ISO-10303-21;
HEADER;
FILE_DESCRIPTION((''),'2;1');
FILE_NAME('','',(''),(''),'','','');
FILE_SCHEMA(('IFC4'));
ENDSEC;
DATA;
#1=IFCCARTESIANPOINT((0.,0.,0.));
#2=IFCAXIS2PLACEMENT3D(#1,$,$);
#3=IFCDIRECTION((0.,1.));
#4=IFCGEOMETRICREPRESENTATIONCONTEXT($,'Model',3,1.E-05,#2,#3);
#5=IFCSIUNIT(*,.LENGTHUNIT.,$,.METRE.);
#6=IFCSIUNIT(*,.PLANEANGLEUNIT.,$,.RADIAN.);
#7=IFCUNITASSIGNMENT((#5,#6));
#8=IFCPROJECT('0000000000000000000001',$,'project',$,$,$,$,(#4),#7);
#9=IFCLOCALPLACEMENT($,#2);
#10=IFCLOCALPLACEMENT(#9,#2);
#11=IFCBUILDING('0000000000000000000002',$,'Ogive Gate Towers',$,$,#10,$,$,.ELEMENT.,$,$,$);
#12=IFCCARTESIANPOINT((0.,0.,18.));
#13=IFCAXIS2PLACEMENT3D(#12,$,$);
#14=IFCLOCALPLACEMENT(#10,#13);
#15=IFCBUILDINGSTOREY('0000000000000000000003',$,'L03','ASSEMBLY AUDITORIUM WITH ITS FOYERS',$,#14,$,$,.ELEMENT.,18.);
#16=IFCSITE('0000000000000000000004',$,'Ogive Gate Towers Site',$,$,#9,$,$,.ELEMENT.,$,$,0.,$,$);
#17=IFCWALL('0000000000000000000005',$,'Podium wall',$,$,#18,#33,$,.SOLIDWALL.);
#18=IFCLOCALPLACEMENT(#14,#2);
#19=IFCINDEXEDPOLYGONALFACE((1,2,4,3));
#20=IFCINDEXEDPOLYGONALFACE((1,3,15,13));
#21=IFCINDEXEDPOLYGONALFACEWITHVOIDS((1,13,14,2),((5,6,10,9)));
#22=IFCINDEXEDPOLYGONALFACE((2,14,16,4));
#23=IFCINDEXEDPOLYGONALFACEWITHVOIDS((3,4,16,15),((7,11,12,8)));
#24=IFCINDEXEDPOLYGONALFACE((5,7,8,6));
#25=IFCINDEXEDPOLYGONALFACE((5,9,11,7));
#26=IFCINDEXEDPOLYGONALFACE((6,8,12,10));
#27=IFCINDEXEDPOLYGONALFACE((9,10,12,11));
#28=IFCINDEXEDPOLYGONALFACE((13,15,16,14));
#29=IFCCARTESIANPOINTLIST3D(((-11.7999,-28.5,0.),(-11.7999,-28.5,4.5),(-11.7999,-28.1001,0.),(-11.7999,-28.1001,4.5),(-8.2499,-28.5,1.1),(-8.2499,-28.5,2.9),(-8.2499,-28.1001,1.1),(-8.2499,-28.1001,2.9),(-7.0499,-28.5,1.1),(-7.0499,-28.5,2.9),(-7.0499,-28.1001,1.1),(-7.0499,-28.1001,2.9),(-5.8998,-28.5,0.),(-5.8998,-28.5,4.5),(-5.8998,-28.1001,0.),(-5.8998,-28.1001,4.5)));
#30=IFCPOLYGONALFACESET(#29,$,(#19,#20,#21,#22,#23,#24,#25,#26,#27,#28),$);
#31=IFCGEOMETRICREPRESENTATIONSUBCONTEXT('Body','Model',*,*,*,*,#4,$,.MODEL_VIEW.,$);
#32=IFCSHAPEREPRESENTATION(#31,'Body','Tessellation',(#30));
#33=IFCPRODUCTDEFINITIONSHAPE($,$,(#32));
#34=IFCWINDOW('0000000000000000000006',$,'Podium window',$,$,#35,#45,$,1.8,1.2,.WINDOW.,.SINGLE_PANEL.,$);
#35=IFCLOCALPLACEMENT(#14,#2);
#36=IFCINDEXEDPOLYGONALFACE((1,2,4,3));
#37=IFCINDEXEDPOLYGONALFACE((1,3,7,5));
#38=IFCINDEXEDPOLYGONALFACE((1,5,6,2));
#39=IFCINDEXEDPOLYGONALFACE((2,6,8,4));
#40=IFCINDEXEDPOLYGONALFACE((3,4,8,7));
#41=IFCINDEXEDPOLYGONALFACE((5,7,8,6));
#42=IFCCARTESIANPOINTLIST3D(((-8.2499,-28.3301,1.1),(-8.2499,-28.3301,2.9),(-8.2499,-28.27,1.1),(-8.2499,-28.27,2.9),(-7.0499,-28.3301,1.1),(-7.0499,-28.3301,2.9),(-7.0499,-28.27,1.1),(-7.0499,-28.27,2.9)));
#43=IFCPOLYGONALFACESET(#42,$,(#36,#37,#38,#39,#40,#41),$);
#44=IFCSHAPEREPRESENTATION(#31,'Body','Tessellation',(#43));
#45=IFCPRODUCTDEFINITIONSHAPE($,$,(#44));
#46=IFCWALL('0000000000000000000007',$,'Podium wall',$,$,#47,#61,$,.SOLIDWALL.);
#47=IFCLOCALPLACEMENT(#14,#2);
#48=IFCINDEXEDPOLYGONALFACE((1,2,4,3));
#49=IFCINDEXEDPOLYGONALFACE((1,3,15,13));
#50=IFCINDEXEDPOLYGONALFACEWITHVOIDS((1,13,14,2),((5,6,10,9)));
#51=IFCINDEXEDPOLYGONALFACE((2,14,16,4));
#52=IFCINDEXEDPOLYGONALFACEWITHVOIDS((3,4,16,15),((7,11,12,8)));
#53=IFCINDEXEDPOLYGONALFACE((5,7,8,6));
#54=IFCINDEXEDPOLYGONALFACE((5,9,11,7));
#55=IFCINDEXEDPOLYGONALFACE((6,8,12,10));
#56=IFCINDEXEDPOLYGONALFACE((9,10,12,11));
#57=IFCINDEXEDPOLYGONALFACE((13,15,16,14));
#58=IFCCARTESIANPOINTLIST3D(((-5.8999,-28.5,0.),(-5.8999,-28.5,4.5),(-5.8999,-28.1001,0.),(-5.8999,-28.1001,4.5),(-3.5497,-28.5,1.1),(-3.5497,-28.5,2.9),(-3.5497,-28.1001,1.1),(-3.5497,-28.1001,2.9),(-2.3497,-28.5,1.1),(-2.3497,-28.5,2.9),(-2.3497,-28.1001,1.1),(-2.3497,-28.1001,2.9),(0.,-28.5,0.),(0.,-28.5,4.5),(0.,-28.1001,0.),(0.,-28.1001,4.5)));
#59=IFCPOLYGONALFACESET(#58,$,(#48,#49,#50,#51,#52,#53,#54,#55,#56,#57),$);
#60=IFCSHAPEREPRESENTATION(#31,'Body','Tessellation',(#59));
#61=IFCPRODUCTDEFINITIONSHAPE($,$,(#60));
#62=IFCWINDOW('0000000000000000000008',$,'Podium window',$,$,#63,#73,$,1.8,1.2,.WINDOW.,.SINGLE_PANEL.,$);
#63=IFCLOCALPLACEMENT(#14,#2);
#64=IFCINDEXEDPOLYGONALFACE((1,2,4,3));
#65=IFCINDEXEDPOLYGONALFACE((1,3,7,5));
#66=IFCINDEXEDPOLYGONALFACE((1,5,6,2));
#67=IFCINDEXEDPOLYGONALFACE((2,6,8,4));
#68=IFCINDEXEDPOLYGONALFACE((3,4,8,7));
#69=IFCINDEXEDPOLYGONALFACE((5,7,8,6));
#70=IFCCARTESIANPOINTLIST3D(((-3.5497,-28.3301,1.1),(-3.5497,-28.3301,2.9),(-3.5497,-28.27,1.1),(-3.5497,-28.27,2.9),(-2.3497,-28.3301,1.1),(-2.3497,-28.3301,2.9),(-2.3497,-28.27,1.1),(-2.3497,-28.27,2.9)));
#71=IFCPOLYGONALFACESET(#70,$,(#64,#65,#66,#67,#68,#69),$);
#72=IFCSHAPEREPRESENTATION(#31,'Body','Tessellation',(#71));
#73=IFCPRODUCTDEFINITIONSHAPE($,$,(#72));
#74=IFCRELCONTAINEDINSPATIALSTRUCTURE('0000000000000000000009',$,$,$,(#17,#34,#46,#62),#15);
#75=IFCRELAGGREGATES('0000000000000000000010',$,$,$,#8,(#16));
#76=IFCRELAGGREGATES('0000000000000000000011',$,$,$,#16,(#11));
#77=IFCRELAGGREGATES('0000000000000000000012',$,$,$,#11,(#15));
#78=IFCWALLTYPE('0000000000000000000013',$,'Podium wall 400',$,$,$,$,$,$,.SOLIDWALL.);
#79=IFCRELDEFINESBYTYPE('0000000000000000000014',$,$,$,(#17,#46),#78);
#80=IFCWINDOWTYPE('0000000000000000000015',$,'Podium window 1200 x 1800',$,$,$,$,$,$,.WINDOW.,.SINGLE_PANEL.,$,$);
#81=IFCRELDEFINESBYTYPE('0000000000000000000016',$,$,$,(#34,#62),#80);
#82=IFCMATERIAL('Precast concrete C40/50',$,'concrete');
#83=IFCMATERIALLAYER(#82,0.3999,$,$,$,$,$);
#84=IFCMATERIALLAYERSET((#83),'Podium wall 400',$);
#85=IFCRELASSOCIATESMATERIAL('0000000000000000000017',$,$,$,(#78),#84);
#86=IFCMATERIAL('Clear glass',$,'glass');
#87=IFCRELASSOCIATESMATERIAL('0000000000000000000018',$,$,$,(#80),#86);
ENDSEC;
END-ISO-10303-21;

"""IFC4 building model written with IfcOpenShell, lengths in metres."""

from ifc_helpers import new_model, si_unit, direction, frame, frame_2d, origin, place, context, subcontext, project, spatial, rectangle, extrude, material, layer, layer_set, type_object, element, fill, save


model = new_model("IFC4")

# Units and contexts
model_context = context("Model", 3, precision=1e-05, world=origin(), true_north=direction((0.0, 1.0)))
body_context = subcontext(model_context, "Body", "Model", "MODEL_VIEW")
ifc_project = project(units=[si_unit("LENGTHUNIT", "METRE"), si_unit("PLANEANGLEUNIT", "RADIAN")], contexts=[model_context])

# Site, building, storey
site_placement = place(None, origin())
site = spatial("IfcSite", under=ifc_project, at=site_placement, Name="Ogive Gate Towers Site", CompositionType="ELEMENT", RefElevation=0.0)
building_placement = place(site_placement, origin())
building = spatial("IfcBuilding", under=site, at=building_placement, Name="Ogive Gate Towers", CompositionType="ELEMENT")
storey_placement = place(building_placement, frame((0.0, 0.0, 18.0)))
storey = spatial("IfcBuildingStorey", under=building, at=storey_placement, Name="L03", Description="ASSEMBLY AUDITORIUM WITH ITS FOYERS", CompositionType="ELEMENT", Elevation=18.0)

# Walls, openings, windows
ifc_material_1 = material(Name="Precast concrete C40/50", Category="concrete")
ifc_layer_1 = layer(ifc_material_1, 0.3999)
ifc_layer_set_1 = layer_set([ifc_layer_1], Name="Podium wall 400")
wall_type_1 = type_object("IfcWallType", Name="Podium wall 400", PredefinedType="SOLIDWALL", material=ifc_layer_set_1)
ifc_material_2 = material(Name="Clear glass", Category="glass")
window_type = type_object("IfcWindowType", Name="Podium window 1200 x 1800", PartitioningType="SINGLE_PANEL", PredefinedType="WINDOW", material=ifc_material_2)
wall_1_placement = place(storey_placement, frame((-11.8, -28.3, 0.0), z_axis=(0.0, 0.0, 1.0), x_axis=(1.0, 0.0, 0.0)))
wall_1 = element("IfcWall", 1, at=wall_1_placement, inside=storey, type_object=wall_type_1, Name="Podium wall", PredefinedType="SOLIDWALL", context=body_context, shape_type="SweptSolid", body=[
    extrude(rectangle(XDim=5.9001, YDim=0.3999, at=frame_2d((2.9502, 0.0))), origin(), (0.0, 0.0, 1.0), 4.5),
])
opening_1_placement = place(wall_1_placement, frame((3.55, 0.0, 1.1001)))
opening_1 = element("IfcOpeningElement", 2, at=opening_1_placement, cuts=wall_1, PredefinedType="OPENING", context=body_context, shape_type="SweptSolid", body=[
    extrude(rectangle(XDim=1.2, YDim=1.8, at=frame_2d((0.6001, 0.8999))), frame((0.0, 0.21, 0.0), z_axis=(0.0, -1.0, 0.0), x_axis=(1.0, 0.0, 0.0)), (0.0, 0.0, 1.0), 0.4199),
])
window_1_placement = place(opening_1_placement, origin())
window_1 = element("IfcWindow", 3, at=window_1_placement, inside=storey, type_object=window_type, Name="Podium window", OverallHeight=1.8, OverallWidth=1.2, PartitioningType="SINGLE_PANEL", PredefinedType="WINDOW", context=body_context, shape_type="SweptSolid", body=[
    extrude(rectangle(XDim=1.2, YDim=1.8, at=frame_2d((0.6001, 0.8999))), frame((0.0, 0.03, 0.0), z_axis=(0.0, -1.0, 0.0), x_axis=(1.0, 0.0, 0.0)), (0.0, 0.0, 1.0), 0.0601),
])
fill(opening_1, window_1)
wall_2_placement = place(storey_placement, frame((-5.8999, -28.3, 0.0), z_axis=(0.0, 0.0, 1.0), x_axis=(1.0, 0.0, 0.0)))
wall_2 = element("IfcWall", 4, at=wall_2_placement, inside=storey, type_object=wall_type_1, Name="Podium wall", PredefinedType="SOLIDWALL", context=body_context, shape_type="SweptSolid", body=[
    extrude(rectangle(XDim=5.8999, YDim=0.3999, at=frame_2d((2.95, 0.0))), origin(), (0.0, 0.0, 1.0), 4.5),
])
opening_2_placement = place(wall_2_placement, frame((2.3501, 0.0, 1.1001)))
opening_2 = element("IfcOpeningElement", 5, at=opening_2_placement, cuts=wall_2, PredefinedType="OPENING", context=body_context, shape_type="SweptSolid", body=[
    extrude(rectangle(XDim=1.2, YDim=1.8, at=frame_2d((0.6001, 0.8999))), frame((0.0, 0.21, 0.0), z_axis=(0.0, -1.0, 0.0), x_axis=(1.0, 0.0, 0.0)), (0.0, 0.0, 1.0), 0.4199),
])
window_2_placement = place(opening_2_placement, origin())
window_2 = element("IfcWindow", 6, at=window_2_placement, inside=storey, type_object=window_type, Name="Podium window", OverallHeight=1.8, OverallWidth=1.2, PartitioningType="SINGLE_PANEL", PredefinedType="WINDOW", context=body_context, shape_type="SweptSolid", body=[
    extrude(rectangle(XDim=1.2, YDim=1.8, at=frame_2d((0.6001, 0.8999))), frame((0.0, 0.03, 0.0), z_axis=(0.0, -1.0, 0.0), x_axis=(1.0, 0.0, 0.0)), (0.0, 0.0, 1.0), 0.0601),
])
fill(opening_2, window_2)

save(model, "model.ifc")
